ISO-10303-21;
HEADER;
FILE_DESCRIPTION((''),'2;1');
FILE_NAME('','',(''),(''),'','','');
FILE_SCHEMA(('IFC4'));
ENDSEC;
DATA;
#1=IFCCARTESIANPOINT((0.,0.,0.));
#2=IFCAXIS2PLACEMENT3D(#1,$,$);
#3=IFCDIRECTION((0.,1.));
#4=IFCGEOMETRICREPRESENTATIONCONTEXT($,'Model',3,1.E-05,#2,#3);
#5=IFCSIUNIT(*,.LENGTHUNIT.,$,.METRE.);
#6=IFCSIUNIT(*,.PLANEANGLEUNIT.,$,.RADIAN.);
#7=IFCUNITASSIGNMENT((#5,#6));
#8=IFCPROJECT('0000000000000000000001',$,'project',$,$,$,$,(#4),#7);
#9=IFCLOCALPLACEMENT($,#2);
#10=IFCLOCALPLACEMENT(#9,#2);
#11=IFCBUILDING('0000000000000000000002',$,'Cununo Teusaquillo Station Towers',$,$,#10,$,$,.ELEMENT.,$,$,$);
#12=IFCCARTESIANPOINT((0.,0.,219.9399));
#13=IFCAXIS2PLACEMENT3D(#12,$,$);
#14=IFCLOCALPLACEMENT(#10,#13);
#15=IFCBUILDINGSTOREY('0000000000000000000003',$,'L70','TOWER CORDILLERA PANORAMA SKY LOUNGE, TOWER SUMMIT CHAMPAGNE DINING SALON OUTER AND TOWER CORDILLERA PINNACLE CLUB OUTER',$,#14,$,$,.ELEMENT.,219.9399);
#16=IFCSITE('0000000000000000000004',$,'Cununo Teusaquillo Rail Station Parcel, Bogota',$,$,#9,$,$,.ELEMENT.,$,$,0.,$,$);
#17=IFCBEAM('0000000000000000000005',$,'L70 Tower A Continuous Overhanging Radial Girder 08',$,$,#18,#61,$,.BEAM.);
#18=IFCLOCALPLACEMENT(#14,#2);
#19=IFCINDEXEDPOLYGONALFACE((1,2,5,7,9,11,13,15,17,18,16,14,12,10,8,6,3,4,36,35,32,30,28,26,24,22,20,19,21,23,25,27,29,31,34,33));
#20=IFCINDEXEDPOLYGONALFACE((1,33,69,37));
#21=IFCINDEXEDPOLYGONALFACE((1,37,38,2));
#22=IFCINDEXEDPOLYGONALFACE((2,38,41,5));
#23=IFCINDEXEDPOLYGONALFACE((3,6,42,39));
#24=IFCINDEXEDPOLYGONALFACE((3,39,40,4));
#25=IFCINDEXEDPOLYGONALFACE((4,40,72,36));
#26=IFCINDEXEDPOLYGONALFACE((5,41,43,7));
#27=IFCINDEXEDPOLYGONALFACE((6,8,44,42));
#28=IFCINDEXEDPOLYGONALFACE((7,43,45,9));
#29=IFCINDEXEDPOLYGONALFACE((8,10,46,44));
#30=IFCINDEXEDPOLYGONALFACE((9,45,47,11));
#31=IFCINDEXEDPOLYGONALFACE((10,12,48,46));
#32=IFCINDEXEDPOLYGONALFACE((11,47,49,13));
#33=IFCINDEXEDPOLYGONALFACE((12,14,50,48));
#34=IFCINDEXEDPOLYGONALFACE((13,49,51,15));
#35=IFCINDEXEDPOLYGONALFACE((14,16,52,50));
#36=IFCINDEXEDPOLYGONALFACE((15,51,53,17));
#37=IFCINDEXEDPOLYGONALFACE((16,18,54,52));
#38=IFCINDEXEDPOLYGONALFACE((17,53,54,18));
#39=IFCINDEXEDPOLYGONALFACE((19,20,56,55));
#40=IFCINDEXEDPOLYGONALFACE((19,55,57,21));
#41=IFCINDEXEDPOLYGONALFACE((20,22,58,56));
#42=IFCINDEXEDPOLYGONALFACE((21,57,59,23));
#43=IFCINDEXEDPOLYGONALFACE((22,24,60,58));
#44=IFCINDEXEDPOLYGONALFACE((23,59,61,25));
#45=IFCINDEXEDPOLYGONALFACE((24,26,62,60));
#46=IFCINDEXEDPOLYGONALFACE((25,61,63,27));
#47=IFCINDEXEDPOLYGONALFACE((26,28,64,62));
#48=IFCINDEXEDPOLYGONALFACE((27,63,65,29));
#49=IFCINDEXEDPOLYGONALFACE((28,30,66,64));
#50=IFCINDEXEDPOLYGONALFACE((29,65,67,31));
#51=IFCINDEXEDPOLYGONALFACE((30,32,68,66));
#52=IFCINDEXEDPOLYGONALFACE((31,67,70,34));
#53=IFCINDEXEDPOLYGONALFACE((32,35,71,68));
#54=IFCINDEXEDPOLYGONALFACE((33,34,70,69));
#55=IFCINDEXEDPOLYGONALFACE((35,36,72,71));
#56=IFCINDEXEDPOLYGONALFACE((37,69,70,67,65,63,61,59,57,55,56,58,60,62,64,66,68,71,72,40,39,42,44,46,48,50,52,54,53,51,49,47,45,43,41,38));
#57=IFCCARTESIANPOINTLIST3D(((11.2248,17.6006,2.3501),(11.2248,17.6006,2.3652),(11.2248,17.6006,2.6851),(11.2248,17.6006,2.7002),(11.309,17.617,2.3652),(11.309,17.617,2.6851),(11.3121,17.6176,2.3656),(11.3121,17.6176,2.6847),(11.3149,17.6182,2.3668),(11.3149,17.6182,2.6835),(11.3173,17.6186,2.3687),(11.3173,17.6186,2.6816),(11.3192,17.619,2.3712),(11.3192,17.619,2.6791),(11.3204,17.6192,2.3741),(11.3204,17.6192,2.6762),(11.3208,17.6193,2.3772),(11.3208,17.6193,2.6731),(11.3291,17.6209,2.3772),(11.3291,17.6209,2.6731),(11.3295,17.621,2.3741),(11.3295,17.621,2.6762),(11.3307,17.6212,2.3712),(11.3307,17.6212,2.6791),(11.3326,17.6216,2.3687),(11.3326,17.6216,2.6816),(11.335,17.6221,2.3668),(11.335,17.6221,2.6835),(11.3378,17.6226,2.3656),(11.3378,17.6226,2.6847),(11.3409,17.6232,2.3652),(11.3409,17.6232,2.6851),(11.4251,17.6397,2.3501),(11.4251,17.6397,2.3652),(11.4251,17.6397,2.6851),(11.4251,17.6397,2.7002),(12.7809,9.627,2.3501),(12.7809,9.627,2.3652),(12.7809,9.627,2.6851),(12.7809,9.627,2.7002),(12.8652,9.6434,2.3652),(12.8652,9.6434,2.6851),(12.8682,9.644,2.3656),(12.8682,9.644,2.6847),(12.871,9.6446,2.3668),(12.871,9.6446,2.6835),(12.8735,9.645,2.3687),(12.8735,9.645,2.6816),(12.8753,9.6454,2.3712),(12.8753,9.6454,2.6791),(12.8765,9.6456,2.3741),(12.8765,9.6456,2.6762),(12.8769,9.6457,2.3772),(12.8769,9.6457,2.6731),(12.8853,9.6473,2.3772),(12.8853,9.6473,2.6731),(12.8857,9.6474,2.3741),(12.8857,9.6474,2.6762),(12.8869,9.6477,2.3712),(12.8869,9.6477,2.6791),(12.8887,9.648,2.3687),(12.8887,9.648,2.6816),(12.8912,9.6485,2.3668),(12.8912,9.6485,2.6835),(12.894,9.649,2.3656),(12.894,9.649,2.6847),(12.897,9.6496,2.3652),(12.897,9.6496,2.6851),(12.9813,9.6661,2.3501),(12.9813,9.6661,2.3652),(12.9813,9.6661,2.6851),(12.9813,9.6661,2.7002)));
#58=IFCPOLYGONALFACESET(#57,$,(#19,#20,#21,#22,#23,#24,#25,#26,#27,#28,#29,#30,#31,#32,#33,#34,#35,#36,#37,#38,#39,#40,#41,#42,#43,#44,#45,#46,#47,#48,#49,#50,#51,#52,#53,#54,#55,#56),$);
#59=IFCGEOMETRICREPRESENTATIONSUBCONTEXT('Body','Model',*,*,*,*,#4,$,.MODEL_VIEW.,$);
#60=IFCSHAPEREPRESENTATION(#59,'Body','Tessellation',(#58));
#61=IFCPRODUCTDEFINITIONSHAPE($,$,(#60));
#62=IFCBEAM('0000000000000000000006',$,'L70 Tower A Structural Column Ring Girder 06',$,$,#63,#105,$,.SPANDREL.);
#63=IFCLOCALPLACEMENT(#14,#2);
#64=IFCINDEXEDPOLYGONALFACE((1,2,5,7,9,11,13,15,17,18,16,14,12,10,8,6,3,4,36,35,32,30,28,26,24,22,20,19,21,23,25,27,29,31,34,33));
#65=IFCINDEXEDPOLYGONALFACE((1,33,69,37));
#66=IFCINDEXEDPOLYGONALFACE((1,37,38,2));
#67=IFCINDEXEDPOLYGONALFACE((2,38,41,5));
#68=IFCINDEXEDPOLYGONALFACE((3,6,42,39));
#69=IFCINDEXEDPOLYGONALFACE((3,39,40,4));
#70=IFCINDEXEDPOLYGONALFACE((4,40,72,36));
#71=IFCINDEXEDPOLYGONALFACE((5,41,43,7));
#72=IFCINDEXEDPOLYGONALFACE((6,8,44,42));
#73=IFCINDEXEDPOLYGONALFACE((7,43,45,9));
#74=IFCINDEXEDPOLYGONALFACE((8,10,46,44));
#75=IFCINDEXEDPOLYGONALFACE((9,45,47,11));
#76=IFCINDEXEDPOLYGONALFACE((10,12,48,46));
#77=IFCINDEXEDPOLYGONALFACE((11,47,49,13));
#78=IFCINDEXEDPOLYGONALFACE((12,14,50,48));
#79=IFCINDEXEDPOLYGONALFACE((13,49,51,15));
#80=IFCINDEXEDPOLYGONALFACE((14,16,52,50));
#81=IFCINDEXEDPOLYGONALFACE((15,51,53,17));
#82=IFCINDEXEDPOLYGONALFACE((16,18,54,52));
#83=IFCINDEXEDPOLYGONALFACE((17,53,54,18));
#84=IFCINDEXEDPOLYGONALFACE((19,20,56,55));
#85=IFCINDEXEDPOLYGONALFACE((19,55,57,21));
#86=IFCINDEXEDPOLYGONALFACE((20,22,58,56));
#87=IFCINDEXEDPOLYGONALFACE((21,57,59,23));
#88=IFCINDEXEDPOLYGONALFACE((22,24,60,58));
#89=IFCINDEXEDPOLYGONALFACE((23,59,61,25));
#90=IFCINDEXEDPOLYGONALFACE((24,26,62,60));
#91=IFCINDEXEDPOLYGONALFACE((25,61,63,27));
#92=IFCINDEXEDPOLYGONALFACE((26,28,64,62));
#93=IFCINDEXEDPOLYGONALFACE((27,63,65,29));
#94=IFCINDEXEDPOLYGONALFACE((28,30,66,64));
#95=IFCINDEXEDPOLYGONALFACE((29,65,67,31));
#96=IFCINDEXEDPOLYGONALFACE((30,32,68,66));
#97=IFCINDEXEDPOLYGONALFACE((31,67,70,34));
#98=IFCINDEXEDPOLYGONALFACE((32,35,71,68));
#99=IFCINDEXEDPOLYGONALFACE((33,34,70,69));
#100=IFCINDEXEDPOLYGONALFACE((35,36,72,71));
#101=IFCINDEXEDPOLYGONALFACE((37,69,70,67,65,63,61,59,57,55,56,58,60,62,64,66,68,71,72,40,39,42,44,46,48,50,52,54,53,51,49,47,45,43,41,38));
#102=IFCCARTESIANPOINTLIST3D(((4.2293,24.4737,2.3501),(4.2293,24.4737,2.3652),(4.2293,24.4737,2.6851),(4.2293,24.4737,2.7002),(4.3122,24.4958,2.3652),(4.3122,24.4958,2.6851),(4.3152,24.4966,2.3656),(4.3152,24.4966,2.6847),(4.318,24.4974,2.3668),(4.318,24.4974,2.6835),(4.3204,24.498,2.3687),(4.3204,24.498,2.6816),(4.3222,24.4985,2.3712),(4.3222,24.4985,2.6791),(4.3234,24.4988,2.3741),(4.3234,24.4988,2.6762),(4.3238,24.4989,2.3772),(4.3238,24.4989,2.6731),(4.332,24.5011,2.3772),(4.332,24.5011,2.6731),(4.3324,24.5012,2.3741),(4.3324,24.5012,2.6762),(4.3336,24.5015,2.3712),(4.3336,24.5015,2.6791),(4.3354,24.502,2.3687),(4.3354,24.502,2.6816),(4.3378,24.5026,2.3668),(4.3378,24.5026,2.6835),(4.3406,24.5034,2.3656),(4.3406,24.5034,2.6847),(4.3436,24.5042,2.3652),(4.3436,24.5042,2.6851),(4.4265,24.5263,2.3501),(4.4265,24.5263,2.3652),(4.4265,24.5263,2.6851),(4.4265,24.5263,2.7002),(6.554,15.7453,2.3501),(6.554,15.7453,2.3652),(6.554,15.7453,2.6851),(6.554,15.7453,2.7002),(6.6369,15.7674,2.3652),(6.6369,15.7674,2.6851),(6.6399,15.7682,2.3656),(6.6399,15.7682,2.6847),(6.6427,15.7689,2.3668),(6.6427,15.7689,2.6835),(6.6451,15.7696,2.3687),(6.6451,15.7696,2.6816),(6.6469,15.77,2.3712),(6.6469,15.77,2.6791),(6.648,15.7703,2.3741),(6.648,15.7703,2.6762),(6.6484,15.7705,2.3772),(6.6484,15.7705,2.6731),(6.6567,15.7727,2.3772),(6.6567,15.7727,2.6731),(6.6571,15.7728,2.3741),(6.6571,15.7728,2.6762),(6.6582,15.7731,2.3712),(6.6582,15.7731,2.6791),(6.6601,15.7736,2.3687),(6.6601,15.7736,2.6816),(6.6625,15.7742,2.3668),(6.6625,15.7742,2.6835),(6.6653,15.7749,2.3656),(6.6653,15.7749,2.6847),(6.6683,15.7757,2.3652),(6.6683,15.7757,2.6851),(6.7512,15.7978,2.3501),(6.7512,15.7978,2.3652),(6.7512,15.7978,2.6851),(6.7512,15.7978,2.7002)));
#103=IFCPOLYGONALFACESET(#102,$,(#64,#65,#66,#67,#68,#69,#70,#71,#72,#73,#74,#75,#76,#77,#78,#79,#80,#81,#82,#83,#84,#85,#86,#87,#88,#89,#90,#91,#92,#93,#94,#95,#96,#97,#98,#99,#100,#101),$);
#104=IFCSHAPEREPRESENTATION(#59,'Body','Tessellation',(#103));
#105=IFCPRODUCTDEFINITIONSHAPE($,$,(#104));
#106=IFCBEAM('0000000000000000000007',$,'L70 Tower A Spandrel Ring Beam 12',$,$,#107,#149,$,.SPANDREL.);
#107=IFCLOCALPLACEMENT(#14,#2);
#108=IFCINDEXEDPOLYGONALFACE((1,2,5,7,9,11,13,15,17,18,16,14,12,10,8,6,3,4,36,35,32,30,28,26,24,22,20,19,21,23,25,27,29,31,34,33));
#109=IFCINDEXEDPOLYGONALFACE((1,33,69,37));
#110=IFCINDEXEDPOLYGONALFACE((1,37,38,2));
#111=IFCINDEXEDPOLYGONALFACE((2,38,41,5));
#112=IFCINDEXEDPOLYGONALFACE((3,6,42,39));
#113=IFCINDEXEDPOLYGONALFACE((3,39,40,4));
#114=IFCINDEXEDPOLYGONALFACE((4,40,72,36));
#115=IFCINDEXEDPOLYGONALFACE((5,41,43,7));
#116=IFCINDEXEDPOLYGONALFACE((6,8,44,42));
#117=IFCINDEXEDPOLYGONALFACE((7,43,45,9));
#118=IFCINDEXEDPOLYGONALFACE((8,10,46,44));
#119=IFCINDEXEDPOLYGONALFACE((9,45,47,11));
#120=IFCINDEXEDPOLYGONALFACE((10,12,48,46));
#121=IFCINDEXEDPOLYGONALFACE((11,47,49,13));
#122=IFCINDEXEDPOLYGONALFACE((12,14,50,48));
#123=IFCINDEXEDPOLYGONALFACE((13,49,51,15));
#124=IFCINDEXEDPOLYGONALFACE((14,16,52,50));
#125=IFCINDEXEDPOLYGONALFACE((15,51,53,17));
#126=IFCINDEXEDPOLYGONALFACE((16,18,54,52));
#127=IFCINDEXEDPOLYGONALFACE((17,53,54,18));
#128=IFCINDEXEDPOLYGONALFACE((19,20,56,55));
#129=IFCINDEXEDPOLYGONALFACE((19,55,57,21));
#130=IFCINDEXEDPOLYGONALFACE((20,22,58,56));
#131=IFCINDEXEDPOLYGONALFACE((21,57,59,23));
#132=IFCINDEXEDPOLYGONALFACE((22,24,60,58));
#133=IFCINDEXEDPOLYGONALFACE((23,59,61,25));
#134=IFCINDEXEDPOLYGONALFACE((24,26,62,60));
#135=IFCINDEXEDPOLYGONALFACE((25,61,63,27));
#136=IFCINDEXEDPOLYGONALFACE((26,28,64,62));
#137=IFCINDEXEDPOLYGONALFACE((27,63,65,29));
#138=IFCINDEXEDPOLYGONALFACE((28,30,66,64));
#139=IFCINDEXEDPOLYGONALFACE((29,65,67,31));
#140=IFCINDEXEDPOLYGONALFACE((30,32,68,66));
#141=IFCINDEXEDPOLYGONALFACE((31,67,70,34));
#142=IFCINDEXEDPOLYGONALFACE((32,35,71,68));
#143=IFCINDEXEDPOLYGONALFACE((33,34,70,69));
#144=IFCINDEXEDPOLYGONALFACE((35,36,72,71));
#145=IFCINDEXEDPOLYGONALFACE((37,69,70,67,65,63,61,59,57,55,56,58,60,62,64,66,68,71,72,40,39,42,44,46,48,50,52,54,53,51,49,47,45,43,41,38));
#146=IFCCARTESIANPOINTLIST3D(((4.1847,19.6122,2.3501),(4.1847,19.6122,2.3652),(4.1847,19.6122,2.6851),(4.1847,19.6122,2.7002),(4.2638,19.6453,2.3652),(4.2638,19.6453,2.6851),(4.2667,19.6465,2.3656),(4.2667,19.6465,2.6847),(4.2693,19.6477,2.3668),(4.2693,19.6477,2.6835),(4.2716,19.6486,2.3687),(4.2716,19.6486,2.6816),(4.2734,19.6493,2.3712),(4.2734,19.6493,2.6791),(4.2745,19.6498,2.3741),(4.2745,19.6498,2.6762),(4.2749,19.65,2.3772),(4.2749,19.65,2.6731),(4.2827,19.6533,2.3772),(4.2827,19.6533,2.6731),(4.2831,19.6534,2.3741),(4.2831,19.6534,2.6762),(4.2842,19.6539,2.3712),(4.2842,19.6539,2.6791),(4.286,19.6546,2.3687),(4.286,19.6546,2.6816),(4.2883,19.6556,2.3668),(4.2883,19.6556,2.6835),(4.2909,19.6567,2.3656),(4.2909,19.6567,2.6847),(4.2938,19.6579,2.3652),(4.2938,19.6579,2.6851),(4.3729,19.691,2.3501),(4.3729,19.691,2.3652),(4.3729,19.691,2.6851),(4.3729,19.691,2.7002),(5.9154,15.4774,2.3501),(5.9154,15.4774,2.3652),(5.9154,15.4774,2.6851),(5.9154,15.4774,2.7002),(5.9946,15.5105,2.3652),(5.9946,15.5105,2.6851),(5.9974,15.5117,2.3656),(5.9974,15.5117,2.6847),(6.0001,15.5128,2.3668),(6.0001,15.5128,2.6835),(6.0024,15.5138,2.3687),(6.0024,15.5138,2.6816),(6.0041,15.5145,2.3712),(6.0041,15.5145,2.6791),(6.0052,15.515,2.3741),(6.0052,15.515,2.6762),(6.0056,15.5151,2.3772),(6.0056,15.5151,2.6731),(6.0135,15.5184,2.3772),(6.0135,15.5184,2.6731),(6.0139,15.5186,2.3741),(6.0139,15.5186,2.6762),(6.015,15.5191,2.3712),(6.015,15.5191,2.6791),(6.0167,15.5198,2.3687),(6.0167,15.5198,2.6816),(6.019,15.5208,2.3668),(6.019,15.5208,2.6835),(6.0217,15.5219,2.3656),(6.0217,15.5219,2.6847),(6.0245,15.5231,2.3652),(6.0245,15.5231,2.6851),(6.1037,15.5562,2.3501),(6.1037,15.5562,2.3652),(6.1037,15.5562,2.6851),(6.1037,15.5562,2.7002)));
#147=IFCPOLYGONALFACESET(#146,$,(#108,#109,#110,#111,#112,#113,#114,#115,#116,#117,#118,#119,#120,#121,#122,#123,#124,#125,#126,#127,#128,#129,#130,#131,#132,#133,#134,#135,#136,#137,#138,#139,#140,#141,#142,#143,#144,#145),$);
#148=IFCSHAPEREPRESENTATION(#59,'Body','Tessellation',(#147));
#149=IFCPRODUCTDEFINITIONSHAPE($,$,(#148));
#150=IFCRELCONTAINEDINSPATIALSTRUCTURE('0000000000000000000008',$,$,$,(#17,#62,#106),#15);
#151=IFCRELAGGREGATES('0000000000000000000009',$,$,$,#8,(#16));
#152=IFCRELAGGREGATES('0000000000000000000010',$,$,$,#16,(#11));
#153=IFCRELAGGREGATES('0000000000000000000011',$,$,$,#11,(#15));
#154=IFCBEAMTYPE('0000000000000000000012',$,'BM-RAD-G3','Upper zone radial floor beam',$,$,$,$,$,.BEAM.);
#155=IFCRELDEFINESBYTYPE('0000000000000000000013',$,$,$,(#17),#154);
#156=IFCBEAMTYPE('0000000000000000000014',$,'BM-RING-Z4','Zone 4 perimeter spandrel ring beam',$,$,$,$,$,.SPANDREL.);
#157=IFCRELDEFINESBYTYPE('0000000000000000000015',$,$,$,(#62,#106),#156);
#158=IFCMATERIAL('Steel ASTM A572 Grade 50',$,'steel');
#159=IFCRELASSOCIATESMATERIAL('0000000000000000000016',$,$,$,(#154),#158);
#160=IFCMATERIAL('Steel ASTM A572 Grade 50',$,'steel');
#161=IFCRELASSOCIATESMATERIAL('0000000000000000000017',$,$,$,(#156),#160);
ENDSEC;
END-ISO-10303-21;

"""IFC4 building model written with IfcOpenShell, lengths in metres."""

from ifc_helpers import new_model, si_unit, direction, frame, origin, origin_2d, place, context, subcontext, project, spatial, i_section, extrude, material, material_profile, profile_set, type_object, element, save


model = new_model("IFC4")

# Units and contexts
model_context = context("Model", 3, precision=1e-05, world=origin(), true_north=direction((0.0, 1.0)))
body_context = subcontext(model_context, "Body", "Model", "MODEL_VIEW")
ifc_project = project(units=[si_unit("LENGTHUNIT", "METRE"), si_unit("PLANEANGLEUNIT", "RADIAN")], contexts=[model_context])

# Site, building, storey
site_placement = place(None, origin())
site = spatial("IfcSite", under=ifc_project, at=site_placement, Name="Cununo Teusaquillo Rail Station Parcel, Bogota", CompositionType="ELEMENT", RefElevation=0.0)
building_placement = place(site_placement, origin())
building = spatial("IfcBuilding", under=site, at=building_placement, Name="Cununo Teusaquillo Station Towers", CompositionType="ELEMENT")
storey_placement = place(building_placement, frame((0.0, 0.0, 219.9399)))
storey = spatial("IfcBuildingStorey", under=building, at=storey_placement, Name="L70", Description="TOWER CORDILLERA PANORAMA SKY LOUNGE, TOWER SUMMIT CHAMPAGNE DINING SALON OUTER AND TOWER CORDILLERA PINNACLE CLUB OUTER", CompositionType="ELEMENT", Elevation=219.9399)

# Beams
ifc_material_1 = material(Name="Steel ASTM A572 Grade 50", Category="steel")
ifc_material_profile_1 = material_profile(ifc_material_1, i_section(OverallWidth=0.2041, OverallDepth=0.3501, WebThickness=0.0085, FlangeThickness=0.0151, FilletRadius=0.012, at=origin_2d()), Name="W14X48")
ifc_profile_set_1 = profile_set([ifc_material_profile_1], Name="Steel ASTM A572 Grade 50")
beam_type_1 = type_object("IfcBeamType", Name="BM-RAD-G3", Description="Upper zone radial floor beam", PredefinedType="BEAM", material=ifc_profile_set_1)
beam_1_placement = place(storey_placement, frame((11.325, 17.6201, 2.5251), z_axis=(0.191548, -0.981483, 0.0), x_axis=(0.981483, 0.191548, 0.0)))
element("IfcBeam", 1, at=beam_1_placement, inside=storey, type_object=beam_type_1, Name="L70 Tower A Continuous Overhanging Radial Girder 08", PredefinedType="BEAM", context=body_context, shape_type="SweptSolid", body=[
    extrude(i_section(OverallWidth=0.2041, OverallDepth=0.3501, WebThickness=0.0085, FlangeThickness=0.0151, FilletRadius=0.012, at=origin_2d()), origin(), (0.0, 0.0, 1.0), 8.124),
])
ifc_material_2 = material(Name="Steel ASTM A572 Grade 50", Category="steel")
ifc_material_profile_2 = material_profile(ifc_material_2, i_section(OverallWidth=0.2041, OverallDepth=0.3501, WebThickness=0.0085, FlangeThickness=0.0151, FilletRadius=0.012, at=origin_2d()), Name="W14X48")
ifc_profile_set_2 = profile_set([ifc_material_profile_2], Name="Steel ASTM A572 Grade 50")
beam_type_2 = type_object("IfcBeamType", Name="BM-RING-Z4", Description="Zone 4 perimeter spandrel ring beam", PredefinedType="SPANDREL", material=ifc_profile_set_2)
beam_2_placement = place(storey_placement, frame((4.3279, 24.5, 2.5251), z_axis=(0.257363, -0.966315, 0.0), x_axis=(0.966315, 0.257363, 0.0)))
element("IfcBeam", 2, at=beam_2_placement, inside=storey, type_object=beam_type_2, Name="L70 Tower A Structural Column Ring Girder 06", PredefinedType="SPANDREL", context=body_context, shape_type="SweptSolid", body=[
    extrude(i_section(OverallWidth=0.2041, OverallDepth=0.3501, WebThickness=0.0085, FlangeThickness=0.0151, FilletRadius=0.012, at=origin_2d()), origin(), (0.0, 0.0, 1.0), 9.0327),
])
beam_3_placement = place(storey_placement, frame((4.2788, 19.6516, 2.5251), z_axis=(0.386115, -0.92245, 0.0), x_axis=(0.92245, 0.386115, 0.0)))
element("IfcBeam", 3, at=beam_3_placement, inside=storey, type_object=beam_type_2, Name="L70 Tower A Spandrel Ring Beam 12", PredefinedType="SPANDREL", context=body_context, shape_type="SweptSolid", body=[
    extrude(i_section(OverallWidth=0.2041, OverallDepth=0.3501, WebThickness=0.0085, FlangeThickness=0.0151, FilletRadius=0.012, at=origin_2d()), origin(), (0.0, 0.0, 1.0), 4.4824),
])

save(model, "model.ifc")
